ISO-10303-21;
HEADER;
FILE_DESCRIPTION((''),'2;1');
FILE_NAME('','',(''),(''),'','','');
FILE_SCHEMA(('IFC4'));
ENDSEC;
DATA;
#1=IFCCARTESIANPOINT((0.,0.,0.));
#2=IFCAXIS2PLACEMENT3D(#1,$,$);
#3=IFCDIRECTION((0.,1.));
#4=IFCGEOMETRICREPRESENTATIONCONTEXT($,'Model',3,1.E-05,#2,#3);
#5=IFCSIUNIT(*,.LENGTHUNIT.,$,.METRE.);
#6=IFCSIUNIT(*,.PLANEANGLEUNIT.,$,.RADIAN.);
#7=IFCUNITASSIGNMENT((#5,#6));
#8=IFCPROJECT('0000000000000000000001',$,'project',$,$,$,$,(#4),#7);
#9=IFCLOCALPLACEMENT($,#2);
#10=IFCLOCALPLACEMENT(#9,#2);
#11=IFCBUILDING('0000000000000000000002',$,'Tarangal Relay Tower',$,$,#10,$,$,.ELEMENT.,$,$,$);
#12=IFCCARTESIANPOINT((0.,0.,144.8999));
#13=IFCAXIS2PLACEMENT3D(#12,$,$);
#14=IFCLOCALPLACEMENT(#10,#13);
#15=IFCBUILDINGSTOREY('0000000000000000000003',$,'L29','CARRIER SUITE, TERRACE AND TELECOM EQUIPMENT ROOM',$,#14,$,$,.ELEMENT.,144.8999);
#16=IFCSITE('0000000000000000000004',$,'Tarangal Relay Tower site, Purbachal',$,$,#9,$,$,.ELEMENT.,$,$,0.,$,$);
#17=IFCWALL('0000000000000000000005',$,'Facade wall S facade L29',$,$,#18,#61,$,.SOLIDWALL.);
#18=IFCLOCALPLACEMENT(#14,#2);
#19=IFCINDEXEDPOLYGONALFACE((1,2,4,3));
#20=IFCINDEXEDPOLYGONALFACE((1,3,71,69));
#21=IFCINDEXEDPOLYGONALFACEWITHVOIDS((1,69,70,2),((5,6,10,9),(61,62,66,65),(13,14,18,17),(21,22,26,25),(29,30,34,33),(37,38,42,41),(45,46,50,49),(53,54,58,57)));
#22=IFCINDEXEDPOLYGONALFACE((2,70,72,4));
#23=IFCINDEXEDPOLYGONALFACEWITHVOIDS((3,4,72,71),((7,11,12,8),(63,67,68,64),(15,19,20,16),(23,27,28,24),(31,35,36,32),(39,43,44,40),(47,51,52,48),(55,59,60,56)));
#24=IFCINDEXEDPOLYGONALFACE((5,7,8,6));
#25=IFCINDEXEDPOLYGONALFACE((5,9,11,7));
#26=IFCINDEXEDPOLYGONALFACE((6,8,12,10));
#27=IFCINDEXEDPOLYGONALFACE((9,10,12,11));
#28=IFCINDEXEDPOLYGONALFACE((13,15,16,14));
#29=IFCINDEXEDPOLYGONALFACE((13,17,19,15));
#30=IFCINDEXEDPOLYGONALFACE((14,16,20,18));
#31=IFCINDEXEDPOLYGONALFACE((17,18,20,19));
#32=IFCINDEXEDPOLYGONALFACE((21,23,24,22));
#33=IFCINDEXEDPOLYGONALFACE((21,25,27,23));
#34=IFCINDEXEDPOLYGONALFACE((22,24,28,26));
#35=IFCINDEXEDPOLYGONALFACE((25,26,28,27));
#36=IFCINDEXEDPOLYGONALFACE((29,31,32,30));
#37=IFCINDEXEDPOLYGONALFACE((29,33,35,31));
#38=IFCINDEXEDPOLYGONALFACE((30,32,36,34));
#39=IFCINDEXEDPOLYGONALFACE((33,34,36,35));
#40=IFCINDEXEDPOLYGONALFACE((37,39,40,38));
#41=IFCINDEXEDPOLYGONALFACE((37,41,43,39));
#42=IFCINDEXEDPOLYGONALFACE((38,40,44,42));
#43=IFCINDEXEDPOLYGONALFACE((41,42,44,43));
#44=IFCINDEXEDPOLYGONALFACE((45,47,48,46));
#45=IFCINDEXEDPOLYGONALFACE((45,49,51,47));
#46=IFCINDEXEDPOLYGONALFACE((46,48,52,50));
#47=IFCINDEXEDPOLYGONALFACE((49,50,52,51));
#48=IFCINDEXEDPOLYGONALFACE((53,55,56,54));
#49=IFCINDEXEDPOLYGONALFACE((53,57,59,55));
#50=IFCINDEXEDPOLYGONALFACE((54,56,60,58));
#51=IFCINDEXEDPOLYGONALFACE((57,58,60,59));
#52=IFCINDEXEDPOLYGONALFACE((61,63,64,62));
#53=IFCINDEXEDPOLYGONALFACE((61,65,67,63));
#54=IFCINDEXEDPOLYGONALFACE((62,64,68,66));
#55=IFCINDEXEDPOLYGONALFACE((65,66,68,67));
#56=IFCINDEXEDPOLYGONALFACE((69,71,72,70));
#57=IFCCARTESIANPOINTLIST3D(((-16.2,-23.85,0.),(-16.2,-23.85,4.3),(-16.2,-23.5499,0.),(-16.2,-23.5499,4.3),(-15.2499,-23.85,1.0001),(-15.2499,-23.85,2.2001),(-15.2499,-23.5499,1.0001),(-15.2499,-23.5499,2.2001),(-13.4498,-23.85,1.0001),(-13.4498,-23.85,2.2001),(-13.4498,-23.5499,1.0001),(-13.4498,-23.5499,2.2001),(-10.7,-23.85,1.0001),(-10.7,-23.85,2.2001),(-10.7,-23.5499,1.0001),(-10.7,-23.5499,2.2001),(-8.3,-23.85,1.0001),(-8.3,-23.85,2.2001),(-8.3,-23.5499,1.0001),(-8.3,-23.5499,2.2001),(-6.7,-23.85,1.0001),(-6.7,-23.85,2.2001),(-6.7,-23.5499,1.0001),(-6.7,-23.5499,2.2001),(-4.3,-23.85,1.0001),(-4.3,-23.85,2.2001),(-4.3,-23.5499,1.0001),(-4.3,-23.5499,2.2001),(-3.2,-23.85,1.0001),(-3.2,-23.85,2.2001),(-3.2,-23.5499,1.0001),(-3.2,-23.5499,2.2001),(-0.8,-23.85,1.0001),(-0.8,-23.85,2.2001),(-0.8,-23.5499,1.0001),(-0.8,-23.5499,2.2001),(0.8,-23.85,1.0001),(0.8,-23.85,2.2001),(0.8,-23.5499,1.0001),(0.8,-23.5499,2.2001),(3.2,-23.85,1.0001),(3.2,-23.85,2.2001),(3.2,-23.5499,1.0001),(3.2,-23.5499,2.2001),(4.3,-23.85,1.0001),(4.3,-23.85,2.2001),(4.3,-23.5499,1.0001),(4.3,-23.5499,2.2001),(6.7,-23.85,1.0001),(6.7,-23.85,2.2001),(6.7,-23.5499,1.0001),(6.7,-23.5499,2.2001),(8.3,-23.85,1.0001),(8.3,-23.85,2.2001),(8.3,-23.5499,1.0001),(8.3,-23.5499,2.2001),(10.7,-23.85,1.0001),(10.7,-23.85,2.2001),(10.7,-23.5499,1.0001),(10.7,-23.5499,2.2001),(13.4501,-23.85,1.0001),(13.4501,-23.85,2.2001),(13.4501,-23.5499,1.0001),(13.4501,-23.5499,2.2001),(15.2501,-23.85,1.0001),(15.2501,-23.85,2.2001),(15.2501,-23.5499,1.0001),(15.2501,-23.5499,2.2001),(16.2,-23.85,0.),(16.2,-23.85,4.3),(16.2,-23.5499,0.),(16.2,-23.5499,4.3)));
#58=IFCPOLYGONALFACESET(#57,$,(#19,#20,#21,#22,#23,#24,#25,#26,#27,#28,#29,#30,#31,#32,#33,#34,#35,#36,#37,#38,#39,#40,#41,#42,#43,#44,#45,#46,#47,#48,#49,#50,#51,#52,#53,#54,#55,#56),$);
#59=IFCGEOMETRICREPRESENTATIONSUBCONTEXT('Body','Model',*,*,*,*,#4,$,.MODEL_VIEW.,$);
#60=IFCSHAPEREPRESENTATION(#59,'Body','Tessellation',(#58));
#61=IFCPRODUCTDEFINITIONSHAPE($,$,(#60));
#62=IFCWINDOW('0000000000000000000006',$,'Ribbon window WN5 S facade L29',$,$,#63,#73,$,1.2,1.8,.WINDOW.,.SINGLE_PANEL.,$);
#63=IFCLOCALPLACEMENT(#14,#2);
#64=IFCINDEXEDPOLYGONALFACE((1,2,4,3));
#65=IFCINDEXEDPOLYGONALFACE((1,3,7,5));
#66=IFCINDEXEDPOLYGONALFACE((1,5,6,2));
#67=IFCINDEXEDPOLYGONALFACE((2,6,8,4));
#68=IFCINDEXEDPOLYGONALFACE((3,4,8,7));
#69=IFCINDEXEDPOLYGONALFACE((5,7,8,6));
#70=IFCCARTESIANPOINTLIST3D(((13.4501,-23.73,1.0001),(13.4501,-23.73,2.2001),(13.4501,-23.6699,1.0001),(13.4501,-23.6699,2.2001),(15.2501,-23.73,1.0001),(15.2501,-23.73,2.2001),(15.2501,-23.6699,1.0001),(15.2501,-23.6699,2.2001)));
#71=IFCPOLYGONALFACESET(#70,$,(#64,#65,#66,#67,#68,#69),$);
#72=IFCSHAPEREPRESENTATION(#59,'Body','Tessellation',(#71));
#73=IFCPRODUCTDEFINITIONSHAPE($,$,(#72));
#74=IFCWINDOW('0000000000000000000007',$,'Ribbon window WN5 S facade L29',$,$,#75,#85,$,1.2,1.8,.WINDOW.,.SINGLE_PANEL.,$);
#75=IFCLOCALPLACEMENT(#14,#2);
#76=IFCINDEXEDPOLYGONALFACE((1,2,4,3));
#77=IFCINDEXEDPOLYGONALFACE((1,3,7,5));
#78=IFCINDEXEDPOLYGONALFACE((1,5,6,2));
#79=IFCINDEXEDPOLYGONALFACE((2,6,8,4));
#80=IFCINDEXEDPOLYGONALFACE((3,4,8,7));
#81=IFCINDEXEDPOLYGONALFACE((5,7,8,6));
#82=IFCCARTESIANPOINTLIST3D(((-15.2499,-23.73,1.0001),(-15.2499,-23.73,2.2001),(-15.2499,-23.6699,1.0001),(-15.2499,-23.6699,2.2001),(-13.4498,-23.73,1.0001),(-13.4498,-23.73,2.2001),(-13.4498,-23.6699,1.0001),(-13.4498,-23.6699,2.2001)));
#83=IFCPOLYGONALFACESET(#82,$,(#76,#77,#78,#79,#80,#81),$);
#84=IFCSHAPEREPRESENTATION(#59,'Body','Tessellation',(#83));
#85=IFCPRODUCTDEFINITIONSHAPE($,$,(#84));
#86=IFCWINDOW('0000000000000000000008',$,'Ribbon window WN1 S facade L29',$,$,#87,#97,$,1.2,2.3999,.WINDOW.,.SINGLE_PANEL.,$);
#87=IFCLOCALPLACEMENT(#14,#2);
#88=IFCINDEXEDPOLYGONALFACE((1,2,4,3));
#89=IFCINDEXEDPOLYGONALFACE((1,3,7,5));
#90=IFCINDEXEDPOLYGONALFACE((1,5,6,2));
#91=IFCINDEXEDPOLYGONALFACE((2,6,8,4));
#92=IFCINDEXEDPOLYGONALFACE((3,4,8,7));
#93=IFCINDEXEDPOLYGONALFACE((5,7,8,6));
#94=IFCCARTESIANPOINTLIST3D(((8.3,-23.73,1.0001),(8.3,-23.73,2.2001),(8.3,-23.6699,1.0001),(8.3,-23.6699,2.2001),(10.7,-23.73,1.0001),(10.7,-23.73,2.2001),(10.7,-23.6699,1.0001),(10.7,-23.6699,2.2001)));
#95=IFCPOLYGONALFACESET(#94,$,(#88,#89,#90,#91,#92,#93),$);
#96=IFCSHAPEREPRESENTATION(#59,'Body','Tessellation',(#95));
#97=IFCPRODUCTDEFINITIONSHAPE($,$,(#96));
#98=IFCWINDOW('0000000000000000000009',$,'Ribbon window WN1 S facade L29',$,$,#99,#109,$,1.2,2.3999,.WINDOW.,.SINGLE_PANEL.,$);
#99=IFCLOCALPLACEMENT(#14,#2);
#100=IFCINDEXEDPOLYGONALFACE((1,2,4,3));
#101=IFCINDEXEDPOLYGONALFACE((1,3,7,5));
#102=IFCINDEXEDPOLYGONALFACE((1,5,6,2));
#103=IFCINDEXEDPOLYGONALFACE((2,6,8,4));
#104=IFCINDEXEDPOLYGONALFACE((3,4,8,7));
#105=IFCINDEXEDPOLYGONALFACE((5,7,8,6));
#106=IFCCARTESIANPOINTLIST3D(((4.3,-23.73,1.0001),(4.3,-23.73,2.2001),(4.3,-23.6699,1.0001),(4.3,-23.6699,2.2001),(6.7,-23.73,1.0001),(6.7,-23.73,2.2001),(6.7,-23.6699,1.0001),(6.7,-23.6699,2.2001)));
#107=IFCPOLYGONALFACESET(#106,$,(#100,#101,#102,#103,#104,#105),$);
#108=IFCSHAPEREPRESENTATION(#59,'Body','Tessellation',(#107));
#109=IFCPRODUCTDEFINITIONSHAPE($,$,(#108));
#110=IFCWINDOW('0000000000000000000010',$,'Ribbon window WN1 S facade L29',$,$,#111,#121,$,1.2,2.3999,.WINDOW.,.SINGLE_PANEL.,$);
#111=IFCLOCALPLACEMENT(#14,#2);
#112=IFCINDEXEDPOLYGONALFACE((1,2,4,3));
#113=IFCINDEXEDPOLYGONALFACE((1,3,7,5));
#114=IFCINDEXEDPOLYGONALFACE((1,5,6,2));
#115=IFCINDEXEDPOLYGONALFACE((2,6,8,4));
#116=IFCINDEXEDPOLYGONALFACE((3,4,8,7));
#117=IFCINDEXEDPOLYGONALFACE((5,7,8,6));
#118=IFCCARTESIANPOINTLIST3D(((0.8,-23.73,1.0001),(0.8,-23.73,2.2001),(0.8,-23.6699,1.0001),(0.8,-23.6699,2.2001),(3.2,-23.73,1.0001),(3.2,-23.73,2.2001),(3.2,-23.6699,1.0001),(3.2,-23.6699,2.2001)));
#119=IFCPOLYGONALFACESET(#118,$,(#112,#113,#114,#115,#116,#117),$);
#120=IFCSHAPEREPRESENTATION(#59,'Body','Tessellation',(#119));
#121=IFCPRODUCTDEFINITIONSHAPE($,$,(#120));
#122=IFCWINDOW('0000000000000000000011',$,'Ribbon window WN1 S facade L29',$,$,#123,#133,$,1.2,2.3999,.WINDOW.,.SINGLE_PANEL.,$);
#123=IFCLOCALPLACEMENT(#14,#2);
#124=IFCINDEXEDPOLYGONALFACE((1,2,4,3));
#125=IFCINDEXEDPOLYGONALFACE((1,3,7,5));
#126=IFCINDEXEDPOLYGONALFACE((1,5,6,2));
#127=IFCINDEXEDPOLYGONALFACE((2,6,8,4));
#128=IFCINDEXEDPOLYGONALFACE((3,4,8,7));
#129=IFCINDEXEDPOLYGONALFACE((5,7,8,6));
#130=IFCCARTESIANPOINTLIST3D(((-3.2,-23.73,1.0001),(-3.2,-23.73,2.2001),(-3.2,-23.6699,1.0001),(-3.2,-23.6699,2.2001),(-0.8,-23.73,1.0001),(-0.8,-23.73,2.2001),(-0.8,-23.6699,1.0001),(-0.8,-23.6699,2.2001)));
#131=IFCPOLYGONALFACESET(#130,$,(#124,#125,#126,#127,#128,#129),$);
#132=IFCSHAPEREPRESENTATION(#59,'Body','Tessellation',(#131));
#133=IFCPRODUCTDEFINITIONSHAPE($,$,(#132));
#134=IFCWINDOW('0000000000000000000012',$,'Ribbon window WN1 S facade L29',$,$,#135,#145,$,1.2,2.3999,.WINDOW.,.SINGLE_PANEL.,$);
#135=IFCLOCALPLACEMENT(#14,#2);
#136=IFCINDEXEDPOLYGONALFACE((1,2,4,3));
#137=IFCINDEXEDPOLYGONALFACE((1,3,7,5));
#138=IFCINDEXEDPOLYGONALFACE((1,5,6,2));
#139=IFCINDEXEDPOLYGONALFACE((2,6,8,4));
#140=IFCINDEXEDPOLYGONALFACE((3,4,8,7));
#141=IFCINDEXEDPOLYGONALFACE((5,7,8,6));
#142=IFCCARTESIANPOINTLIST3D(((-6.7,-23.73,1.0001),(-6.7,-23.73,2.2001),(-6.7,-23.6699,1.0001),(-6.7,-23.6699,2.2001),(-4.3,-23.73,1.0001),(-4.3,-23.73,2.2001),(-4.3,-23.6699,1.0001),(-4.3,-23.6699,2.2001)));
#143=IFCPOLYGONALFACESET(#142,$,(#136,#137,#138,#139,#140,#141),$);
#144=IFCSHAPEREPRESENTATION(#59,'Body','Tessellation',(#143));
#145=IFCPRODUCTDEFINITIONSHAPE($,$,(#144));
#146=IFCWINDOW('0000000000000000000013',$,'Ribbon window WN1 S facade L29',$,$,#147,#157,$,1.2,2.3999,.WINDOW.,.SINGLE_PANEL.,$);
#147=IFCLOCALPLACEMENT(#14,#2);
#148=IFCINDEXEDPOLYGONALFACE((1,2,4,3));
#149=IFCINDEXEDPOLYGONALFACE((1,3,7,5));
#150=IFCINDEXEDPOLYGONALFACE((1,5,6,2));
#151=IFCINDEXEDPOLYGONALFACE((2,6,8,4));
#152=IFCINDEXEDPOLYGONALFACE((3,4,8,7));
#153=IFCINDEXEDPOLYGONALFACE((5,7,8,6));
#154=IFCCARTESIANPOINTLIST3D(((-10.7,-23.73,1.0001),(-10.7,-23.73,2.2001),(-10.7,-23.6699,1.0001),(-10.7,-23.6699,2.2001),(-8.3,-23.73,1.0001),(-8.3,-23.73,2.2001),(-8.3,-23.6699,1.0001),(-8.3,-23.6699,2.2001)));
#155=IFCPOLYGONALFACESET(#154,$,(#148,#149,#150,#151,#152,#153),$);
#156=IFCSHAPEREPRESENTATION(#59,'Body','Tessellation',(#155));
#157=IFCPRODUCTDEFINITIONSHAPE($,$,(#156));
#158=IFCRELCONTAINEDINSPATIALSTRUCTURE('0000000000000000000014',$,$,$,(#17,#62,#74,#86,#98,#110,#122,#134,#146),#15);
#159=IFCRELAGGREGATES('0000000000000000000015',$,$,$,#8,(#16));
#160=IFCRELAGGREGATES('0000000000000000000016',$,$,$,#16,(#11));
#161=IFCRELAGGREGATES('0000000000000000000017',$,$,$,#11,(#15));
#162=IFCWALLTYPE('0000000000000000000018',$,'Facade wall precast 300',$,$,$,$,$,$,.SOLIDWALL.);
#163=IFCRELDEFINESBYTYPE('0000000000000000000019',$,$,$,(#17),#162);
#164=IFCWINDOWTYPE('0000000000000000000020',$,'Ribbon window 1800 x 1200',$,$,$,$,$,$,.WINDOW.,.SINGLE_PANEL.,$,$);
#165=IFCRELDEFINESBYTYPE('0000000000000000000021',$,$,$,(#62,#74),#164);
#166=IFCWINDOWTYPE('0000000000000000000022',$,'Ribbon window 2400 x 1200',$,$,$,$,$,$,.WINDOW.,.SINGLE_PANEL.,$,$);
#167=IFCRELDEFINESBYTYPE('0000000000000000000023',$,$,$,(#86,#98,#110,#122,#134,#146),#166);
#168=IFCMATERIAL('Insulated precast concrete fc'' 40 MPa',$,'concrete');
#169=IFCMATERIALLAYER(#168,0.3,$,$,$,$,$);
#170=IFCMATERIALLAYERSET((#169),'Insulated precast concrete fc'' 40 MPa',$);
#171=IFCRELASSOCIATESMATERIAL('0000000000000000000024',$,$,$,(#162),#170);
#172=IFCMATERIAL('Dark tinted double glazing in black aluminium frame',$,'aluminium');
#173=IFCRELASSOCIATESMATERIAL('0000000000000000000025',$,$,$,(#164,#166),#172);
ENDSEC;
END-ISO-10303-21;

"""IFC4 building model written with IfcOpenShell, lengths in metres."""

from ifc_helpers import new_model, si_unit, direction, frame, frame_2d, origin, place, context, subcontext, project, spatial, rectangle, extrude, material, layer, layer_set, type_object, element, fill, save


model = new_model("IFC4")

# Units and contexts
model_context = context("Model", 3, precision=1e-05, world=origin(), true_north=direction((0.0, 1.0)))
body_context = subcontext(model_context, "Body", "Model", "MODEL_VIEW")
ifc_project = project(units=[si_unit("LENGTHUNIT", "METRE"), si_unit("PLANEANGLEUNIT", "RADIAN")], contexts=[model_context])

# Site, building, storey
site_placement = place(None, origin())
site = spatial("IfcSite", under=ifc_project, at=site_placement, Name="Tarangal Relay Tower site, Purbachal", CompositionType="ELEMENT", RefElevation=0.0)
building_placement = place(site_placement, origin())
building = spatial("IfcBuilding", under=site, at=building_placement, Name="Tarangal Relay Tower", CompositionType="ELEMENT")
storey_placement = place(building_placement, frame((0.0, 0.0, 144.8999)))
storey = spatial("IfcBuildingStorey", under=building, at=storey_placement, Name="L29", Description="CARRIER SUITE, TERRACE AND TELECOM EQUIPMENT ROOM", CompositionType="ELEMENT", Elevation=144.8999)

# Shared definitions
ifc_material_1 = material(Name="Insulated precast concrete fc' 40 MPa", Category="concrete")
ifc_layer_1 = layer(ifc_material_1, 0.3)
ifc_layer_set_1 = layer_set([ifc_layer_1], Name="Insulated precast concrete fc' 40 MPa")
wall_type_1 = type_object("IfcWallType", Name="Facade wall precast 300", PredefinedType="SOLIDWALL", material=ifc_layer_set_1)

# Wall, openings, windows
wall_1_placement = place(storey_placement, frame((16.2, -23.7, 0.0), z_axis=(0.0, 0.0, 1.0), x_axis=(-1.0, 0.0, 0.0)))
wall_1 = element("IfcWall", 1, at=wall_1_placement, inside=storey, type_object=wall_type_1, Name="Facade wall S facade L29", PredefinedType="SOLIDWALL", context=body_context, shape_type="SweptSolid", body=[
    extrude(rectangle(XDim=32.3999, YDim=0.3, at=frame_2d((16.2, 0.0))), origin(), (0.0, 0.0, 1.0), 4.3),
])
opening_1_placement = place(wall_1_placement, frame((0.95, 0.0, 1.0)))
opening_1 = element("IfcOpeningElement", 2, at=opening_1_placement, cuts=wall_1, PredefinedType="OPENING", context=body_context, shape_type="SweptSolid", body=[
    extrude(rectangle(XDim=1.8, YDim=1.2, at=frame_2d((0.8999, 0.6001))), frame((0.0, 0.1599, 0.0), z_axis=(0.0, -1.0, 0.0), x_axis=(1.0, 0.0, 0.0)), (0.0, 0.0, 1.0), 0.3201),
])
opening_2_placement = place(wall_1_placement, frame((5.5, 0.0, 1.0)))
opening_2 = element("IfcOpeningElement", 3, at=opening_2_placement, cuts=wall_1, PredefinedType="OPENING", context=body_context, shape_type="SweptSolid", body=[
    extrude(rectangle(XDim=2.3999, YDim=1.2, at=frame_2d((1.2, 0.6001))), frame((0.0, 0.1599, 0.0), z_axis=(0.0, -1.0, 0.0), x_axis=(1.0, 0.0, 0.0)), (0.0, 0.0, 1.0), 0.3201),
])
opening_3_placement = place(wall_1_placement, frame((9.5, 0.0, 1.0)))
opening_3 = element("IfcOpeningElement", 4, at=opening_3_placement, cuts=wall_1, PredefinedType="OPENING", context=body_context, shape_type="SweptSolid", body=[
    extrude(rectangle(XDim=2.3999, YDim=1.2, at=frame_2d((1.2, 0.6001))), frame((0.0, 0.1599, 0.0), z_axis=(0.0, -1.0, 0.0), x_axis=(1.0, 0.0, 0.0)), (0.0, 0.0, 1.0), 0.3201),
])
opening_4_placement = place(wall_1_placement, frame((13.0, 0.0, 1.0)))
opening_4 = element("IfcOpeningElement", 5, at=opening_4_placement, cuts=wall_1, PredefinedType="OPENING", context=body_context, shape_type="SweptSolid", body=[
    extrude(rectangle(XDim=2.3999, YDim=1.2, at=frame_2d((1.2, 0.6001))), frame((0.0, 0.1599, 0.0), z_axis=(0.0, -1.0, 0.0), x_axis=(1.0, 0.0, 0.0)), (0.0, 0.0, 1.0), 0.3201),
])
opening_5_placement = place(wall_1_placement, frame((17.0, 0.0, 1.0)))
opening_5 = element("IfcOpeningElement", 6, at=opening_5_placement, cuts=wall_1, PredefinedType="OPENING", context=body_context, shape_type="SweptSolid", body=[
    extrude(rectangle(XDim=2.3999, YDim=1.2, at=frame_2d((1.2, 0.6001))), frame((0.0, 0.1599, 0.0), z_axis=(0.0, -1.0, 0.0), x_axis=(1.0, 0.0, 0.0)), (0.0, 0.0, 1.0), 0.3201),
])
opening_6_placement = place(wall_1_placement, frame((20.5, 0.0, 1.0)))
opening_6 = element("IfcOpeningElement", 7, at=opening_6_placement, cuts=wall_1, PredefinedType="OPENING", context=body_context, shape_type="SweptSolid", body=[
    extrude(rectangle(XDim=2.3999, YDim=1.2, at=frame_2d((1.2, 0.6001))), frame((0.0, 0.1599, 0.0), z_axis=(0.0, -1.0, 0.0), x_axis=(1.0, 0.0, 0.0)), (0.0, 0.0, 1.0), 0.3201),
])
opening_7_placement = place(wall_1_placement, frame((24.5, 0.0, 1.0)))
opening_7 = element("IfcOpeningElement", 8, at=opening_7_placement, cuts=wall_1, PredefinedType="OPENING", context=body_context, shape_type="SweptSolid", body=[
    extrude(rectangle(XDim=2.3999, YDim=1.2, at=frame_2d((1.2, 0.6001))), frame((0.0, 0.1599, 0.0), z_axis=(0.0, -1.0, 0.0), x_axis=(1.0, 0.0, 0.0)), (0.0, 0.0, 1.0), 0.3201),
])
opening_8_placement = place(wall_1_placement, frame((29.6499, 0.0, 1.0)))
opening_8 = element("IfcOpeningElement", 9, at=opening_8_placement, cuts=wall_1, PredefinedType="OPENING", context=body_context, shape_type="SweptSolid", body=[
    extrude(rectangle(XDim=1.8, YDim=1.2, at=frame_2d((0.8999, 0.6001))), frame((0.0, 0.1599, 0.0), z_axis=(0.0, -1.0, 0.0), x_axis=(1.0, 0.0, 0.0)), (0.0, 0.0, 1.0), 0.3201),
])
ifc_material_2 = material(Name="Dark tinted double glazing in black aluminium frame", Category="aluminium")
window_type_1 = type_object("IfcWindowType", Name="Ribbon window 1800 x 1200", PartitioningType="SINGLE_PANEL", PredefinedType="WINDOW", material=ifc_material_2)
window_1_placement = place(opening_1_placement, origin())
window_1 = element("IfcWindow", 10, at=window_1_placement, inside=storey, type_object=window_type_1, Name="Ribbon window WN5 S facade L29", OverallHeight=1.2, OverallWidth=1.8, PartitioningType="SINGLE_PANEL", PredefinedType="WINDOW", context=body_context, shape_type="SweptSolid", body=[
    extrude(rectangle(XDim=1.8, YDim=1.2, at=frame_2d((0.8999, 0.6001))), frame((0.0, 0.03, 0.0), z_axis=(0.0, -1.0, 0.0), x_axis=(1.0, 0.0, 0.0)), (0.0, 0.0, 1.0), 0.0601),
])
fill(opening_1, window_1)
window_2_placement = place(opening_8_placement, origin())
window_2 = element("IfcWindow", 11, at=window_2_placement, inside=storey, type_object=window_type_1, Name="Ribbon window WN5 S facade L29", OverallHeight=1.2, OverallWidth=1.8, PartitioningType="SINGLE_PANEL", PredefinedType="WINDOW", context=body_context, shape_type="SweptSolid", body=[
    extrude(rectangle(XDim=1.8, YDim=1.2, at=frame_2d((0.8999, 0.6001))), frame((0.0, 0.03, 0.0), z_axis=(0.0, -1.0, 0.0), x_axis=(1.0, 0.0, 0.0)), (0.0, 0.0, 1.0), 0.0601),
])
fill(opening_8, window_2)
window_type_2 = type_object("IfcWindowType", Name="Ribbon window 2400 x 1200", PartitioningType="SINGLE_PANEL", PredefinedType="WINDOW", material=ifc_material_2)
window_3_placement = place(opening_2_placement, origin())
window_3 = element("IfcWindow", 12, at=window_3_placement, inside=storey, type_object=window_type_2, Name="Ribbon window WN1 S facade L29", OverallHeight=1.2, OverallWidth=2.3999, PartitioningType="SINGLE_PANEL", PredefinedType="WINDOW", context=body_context, shape_type="SweptSolid", body=[
    extrude(rectangle(XDim=2.3999, YDim=1.2, at=frame_2d((1.2, 0.6001))), frame((0.0, 0.03, 0.0), z_axis=(0.0, -1.0, 0.0), x_axis=(1.0, 0.0, 0.0)), (0.0, 0.0, 1.0), 0.0601),
])
fill(opening_2, window_3)
window_4_placement = place(opening_3_placement, origin())
window_4 = element("IfcWindow", 13, at=window_4_placement, inside=storey, type_object=window_type_2, Name="Ribbon window WN1 S facade L29", OverallHeight=1.2, OverallWidth=2.3999, PartitioningType="SINGLE_PANEL", PredefinedType="WINDOW", context=body_context, shape_type="SweptSolid", body=[
    extrude(rectangle(XDim=2.3999, YDim=1.2, at=frame_2d((1.2, 0.6001))), frame((0.0, 0.03, 0.0), z_axis=(0.0, -1.0, 0.0), x_axis=(1.0, 0.0, 0.0)), (0.0, 0.0, 1.0), 0.0601),
])
fill(opening_3, window_4)
window_5_placement = place(opening_4_placement, origin())
window_5 = element("IfcWindow", 14, at=window_5_placement, inside=storey, type_object=window_type_2, Name="Ribbon window WN1 S facade L29", OverallHeight=1.2, OverallWidth=2.3999, PartitioningType="SINGLE_PANEL", PredefinedType="WINDOW", context=body_context, shape_type="SweptSolid", body=[
    extrude(rectangle(XDim=2.3999, YDim=1.2, at=frame_2d((1.2, 0.6001))), frame((0.0, 0.03, 0.0), z_axis=(0.0, -1.0, 0.0), x_axis=(1.0, 0.0, 0.0)), (0.0, 0.0, 1.0), 0.0601),
])
fill(opening_4, window_5)
window_6_placement = place(opening_5_placement, origin())
window_6 = element("IfcWindow", 15, at=window_6_placement, inside=storey, type_object=window_type_2, Name="Ribbon window WN1 S facade L29", OverallHeight=1.2, OverallWidth=2.3999, PartitioningType="SINGLE_PANEL", PredefinedType="WINDOW", context=body_context, shape_type="SweptSolid", body=[
    extrude(rectangle(XDim=2.3999, YDim=1.2, at=frame_2d((1.2, 0.6001))), frame((0.0, 0.03, 0.0), z_axis=(0.0, -1.0, 0.0), x_axis=(1.0, 0.0, 0.0)), (0.0, 0.0, 1.0), 0.0601),
])
fill(opening_5, window_6)
window_7_placement = place(opening_6_placement, origin())
window_7 = element("IfcWindow", 16, at=window_7_placement, inside=storey, type_object=window_type_2, Name="Ribbon window WN1 S facade L29", OverallHeight=1.2, OverallWidth=2.3999, PartitioningType="SINGLE_PANEL", PredefinedType="WINDOW", context=body_context, shape_type="SweptSolid", body=[
    extrude(rectangle(XDim=2.3999, YDim=1.2, at=frame_2d((1.2, 0.6001))), frame((0.0, 0.03, 0.0), z_axis=(0.0, -1.0, 0.0), x_axis=(1.0, 0.0, 0.0)), (0.0, 0.0, 1.0), 0.0601),
])
fill(opening_6, window_7)
window_8_placement = place(opening_7_placement, origin())
window_8 = element("IfcWindow", 17, at=window_8_placement, inside=storey, type_object=window_type_2, Name="Ribbon window WN1 S facade L29", OverallHeight=1.2, OverallWidth=2.3999, PartitioningType="SINGLE_PANEL", PredefinedType="WINDOW", context=body_context, shape_type="SweptSolid", body=[
    extrude(rectangle(XDim=2.3999, YDim=1.2, at=frame_2d((1.2, 0.6001))), frame((0.0, 0.03, 0.0), z_axis=(0.0, -1.0, 0.0), x_axis=(1.0, 0.0, 0.0)), (0.0, 0.0, 1.0), 0.0601),
])
fill(opening_7, window_8)

save(model, "model.ifc")
